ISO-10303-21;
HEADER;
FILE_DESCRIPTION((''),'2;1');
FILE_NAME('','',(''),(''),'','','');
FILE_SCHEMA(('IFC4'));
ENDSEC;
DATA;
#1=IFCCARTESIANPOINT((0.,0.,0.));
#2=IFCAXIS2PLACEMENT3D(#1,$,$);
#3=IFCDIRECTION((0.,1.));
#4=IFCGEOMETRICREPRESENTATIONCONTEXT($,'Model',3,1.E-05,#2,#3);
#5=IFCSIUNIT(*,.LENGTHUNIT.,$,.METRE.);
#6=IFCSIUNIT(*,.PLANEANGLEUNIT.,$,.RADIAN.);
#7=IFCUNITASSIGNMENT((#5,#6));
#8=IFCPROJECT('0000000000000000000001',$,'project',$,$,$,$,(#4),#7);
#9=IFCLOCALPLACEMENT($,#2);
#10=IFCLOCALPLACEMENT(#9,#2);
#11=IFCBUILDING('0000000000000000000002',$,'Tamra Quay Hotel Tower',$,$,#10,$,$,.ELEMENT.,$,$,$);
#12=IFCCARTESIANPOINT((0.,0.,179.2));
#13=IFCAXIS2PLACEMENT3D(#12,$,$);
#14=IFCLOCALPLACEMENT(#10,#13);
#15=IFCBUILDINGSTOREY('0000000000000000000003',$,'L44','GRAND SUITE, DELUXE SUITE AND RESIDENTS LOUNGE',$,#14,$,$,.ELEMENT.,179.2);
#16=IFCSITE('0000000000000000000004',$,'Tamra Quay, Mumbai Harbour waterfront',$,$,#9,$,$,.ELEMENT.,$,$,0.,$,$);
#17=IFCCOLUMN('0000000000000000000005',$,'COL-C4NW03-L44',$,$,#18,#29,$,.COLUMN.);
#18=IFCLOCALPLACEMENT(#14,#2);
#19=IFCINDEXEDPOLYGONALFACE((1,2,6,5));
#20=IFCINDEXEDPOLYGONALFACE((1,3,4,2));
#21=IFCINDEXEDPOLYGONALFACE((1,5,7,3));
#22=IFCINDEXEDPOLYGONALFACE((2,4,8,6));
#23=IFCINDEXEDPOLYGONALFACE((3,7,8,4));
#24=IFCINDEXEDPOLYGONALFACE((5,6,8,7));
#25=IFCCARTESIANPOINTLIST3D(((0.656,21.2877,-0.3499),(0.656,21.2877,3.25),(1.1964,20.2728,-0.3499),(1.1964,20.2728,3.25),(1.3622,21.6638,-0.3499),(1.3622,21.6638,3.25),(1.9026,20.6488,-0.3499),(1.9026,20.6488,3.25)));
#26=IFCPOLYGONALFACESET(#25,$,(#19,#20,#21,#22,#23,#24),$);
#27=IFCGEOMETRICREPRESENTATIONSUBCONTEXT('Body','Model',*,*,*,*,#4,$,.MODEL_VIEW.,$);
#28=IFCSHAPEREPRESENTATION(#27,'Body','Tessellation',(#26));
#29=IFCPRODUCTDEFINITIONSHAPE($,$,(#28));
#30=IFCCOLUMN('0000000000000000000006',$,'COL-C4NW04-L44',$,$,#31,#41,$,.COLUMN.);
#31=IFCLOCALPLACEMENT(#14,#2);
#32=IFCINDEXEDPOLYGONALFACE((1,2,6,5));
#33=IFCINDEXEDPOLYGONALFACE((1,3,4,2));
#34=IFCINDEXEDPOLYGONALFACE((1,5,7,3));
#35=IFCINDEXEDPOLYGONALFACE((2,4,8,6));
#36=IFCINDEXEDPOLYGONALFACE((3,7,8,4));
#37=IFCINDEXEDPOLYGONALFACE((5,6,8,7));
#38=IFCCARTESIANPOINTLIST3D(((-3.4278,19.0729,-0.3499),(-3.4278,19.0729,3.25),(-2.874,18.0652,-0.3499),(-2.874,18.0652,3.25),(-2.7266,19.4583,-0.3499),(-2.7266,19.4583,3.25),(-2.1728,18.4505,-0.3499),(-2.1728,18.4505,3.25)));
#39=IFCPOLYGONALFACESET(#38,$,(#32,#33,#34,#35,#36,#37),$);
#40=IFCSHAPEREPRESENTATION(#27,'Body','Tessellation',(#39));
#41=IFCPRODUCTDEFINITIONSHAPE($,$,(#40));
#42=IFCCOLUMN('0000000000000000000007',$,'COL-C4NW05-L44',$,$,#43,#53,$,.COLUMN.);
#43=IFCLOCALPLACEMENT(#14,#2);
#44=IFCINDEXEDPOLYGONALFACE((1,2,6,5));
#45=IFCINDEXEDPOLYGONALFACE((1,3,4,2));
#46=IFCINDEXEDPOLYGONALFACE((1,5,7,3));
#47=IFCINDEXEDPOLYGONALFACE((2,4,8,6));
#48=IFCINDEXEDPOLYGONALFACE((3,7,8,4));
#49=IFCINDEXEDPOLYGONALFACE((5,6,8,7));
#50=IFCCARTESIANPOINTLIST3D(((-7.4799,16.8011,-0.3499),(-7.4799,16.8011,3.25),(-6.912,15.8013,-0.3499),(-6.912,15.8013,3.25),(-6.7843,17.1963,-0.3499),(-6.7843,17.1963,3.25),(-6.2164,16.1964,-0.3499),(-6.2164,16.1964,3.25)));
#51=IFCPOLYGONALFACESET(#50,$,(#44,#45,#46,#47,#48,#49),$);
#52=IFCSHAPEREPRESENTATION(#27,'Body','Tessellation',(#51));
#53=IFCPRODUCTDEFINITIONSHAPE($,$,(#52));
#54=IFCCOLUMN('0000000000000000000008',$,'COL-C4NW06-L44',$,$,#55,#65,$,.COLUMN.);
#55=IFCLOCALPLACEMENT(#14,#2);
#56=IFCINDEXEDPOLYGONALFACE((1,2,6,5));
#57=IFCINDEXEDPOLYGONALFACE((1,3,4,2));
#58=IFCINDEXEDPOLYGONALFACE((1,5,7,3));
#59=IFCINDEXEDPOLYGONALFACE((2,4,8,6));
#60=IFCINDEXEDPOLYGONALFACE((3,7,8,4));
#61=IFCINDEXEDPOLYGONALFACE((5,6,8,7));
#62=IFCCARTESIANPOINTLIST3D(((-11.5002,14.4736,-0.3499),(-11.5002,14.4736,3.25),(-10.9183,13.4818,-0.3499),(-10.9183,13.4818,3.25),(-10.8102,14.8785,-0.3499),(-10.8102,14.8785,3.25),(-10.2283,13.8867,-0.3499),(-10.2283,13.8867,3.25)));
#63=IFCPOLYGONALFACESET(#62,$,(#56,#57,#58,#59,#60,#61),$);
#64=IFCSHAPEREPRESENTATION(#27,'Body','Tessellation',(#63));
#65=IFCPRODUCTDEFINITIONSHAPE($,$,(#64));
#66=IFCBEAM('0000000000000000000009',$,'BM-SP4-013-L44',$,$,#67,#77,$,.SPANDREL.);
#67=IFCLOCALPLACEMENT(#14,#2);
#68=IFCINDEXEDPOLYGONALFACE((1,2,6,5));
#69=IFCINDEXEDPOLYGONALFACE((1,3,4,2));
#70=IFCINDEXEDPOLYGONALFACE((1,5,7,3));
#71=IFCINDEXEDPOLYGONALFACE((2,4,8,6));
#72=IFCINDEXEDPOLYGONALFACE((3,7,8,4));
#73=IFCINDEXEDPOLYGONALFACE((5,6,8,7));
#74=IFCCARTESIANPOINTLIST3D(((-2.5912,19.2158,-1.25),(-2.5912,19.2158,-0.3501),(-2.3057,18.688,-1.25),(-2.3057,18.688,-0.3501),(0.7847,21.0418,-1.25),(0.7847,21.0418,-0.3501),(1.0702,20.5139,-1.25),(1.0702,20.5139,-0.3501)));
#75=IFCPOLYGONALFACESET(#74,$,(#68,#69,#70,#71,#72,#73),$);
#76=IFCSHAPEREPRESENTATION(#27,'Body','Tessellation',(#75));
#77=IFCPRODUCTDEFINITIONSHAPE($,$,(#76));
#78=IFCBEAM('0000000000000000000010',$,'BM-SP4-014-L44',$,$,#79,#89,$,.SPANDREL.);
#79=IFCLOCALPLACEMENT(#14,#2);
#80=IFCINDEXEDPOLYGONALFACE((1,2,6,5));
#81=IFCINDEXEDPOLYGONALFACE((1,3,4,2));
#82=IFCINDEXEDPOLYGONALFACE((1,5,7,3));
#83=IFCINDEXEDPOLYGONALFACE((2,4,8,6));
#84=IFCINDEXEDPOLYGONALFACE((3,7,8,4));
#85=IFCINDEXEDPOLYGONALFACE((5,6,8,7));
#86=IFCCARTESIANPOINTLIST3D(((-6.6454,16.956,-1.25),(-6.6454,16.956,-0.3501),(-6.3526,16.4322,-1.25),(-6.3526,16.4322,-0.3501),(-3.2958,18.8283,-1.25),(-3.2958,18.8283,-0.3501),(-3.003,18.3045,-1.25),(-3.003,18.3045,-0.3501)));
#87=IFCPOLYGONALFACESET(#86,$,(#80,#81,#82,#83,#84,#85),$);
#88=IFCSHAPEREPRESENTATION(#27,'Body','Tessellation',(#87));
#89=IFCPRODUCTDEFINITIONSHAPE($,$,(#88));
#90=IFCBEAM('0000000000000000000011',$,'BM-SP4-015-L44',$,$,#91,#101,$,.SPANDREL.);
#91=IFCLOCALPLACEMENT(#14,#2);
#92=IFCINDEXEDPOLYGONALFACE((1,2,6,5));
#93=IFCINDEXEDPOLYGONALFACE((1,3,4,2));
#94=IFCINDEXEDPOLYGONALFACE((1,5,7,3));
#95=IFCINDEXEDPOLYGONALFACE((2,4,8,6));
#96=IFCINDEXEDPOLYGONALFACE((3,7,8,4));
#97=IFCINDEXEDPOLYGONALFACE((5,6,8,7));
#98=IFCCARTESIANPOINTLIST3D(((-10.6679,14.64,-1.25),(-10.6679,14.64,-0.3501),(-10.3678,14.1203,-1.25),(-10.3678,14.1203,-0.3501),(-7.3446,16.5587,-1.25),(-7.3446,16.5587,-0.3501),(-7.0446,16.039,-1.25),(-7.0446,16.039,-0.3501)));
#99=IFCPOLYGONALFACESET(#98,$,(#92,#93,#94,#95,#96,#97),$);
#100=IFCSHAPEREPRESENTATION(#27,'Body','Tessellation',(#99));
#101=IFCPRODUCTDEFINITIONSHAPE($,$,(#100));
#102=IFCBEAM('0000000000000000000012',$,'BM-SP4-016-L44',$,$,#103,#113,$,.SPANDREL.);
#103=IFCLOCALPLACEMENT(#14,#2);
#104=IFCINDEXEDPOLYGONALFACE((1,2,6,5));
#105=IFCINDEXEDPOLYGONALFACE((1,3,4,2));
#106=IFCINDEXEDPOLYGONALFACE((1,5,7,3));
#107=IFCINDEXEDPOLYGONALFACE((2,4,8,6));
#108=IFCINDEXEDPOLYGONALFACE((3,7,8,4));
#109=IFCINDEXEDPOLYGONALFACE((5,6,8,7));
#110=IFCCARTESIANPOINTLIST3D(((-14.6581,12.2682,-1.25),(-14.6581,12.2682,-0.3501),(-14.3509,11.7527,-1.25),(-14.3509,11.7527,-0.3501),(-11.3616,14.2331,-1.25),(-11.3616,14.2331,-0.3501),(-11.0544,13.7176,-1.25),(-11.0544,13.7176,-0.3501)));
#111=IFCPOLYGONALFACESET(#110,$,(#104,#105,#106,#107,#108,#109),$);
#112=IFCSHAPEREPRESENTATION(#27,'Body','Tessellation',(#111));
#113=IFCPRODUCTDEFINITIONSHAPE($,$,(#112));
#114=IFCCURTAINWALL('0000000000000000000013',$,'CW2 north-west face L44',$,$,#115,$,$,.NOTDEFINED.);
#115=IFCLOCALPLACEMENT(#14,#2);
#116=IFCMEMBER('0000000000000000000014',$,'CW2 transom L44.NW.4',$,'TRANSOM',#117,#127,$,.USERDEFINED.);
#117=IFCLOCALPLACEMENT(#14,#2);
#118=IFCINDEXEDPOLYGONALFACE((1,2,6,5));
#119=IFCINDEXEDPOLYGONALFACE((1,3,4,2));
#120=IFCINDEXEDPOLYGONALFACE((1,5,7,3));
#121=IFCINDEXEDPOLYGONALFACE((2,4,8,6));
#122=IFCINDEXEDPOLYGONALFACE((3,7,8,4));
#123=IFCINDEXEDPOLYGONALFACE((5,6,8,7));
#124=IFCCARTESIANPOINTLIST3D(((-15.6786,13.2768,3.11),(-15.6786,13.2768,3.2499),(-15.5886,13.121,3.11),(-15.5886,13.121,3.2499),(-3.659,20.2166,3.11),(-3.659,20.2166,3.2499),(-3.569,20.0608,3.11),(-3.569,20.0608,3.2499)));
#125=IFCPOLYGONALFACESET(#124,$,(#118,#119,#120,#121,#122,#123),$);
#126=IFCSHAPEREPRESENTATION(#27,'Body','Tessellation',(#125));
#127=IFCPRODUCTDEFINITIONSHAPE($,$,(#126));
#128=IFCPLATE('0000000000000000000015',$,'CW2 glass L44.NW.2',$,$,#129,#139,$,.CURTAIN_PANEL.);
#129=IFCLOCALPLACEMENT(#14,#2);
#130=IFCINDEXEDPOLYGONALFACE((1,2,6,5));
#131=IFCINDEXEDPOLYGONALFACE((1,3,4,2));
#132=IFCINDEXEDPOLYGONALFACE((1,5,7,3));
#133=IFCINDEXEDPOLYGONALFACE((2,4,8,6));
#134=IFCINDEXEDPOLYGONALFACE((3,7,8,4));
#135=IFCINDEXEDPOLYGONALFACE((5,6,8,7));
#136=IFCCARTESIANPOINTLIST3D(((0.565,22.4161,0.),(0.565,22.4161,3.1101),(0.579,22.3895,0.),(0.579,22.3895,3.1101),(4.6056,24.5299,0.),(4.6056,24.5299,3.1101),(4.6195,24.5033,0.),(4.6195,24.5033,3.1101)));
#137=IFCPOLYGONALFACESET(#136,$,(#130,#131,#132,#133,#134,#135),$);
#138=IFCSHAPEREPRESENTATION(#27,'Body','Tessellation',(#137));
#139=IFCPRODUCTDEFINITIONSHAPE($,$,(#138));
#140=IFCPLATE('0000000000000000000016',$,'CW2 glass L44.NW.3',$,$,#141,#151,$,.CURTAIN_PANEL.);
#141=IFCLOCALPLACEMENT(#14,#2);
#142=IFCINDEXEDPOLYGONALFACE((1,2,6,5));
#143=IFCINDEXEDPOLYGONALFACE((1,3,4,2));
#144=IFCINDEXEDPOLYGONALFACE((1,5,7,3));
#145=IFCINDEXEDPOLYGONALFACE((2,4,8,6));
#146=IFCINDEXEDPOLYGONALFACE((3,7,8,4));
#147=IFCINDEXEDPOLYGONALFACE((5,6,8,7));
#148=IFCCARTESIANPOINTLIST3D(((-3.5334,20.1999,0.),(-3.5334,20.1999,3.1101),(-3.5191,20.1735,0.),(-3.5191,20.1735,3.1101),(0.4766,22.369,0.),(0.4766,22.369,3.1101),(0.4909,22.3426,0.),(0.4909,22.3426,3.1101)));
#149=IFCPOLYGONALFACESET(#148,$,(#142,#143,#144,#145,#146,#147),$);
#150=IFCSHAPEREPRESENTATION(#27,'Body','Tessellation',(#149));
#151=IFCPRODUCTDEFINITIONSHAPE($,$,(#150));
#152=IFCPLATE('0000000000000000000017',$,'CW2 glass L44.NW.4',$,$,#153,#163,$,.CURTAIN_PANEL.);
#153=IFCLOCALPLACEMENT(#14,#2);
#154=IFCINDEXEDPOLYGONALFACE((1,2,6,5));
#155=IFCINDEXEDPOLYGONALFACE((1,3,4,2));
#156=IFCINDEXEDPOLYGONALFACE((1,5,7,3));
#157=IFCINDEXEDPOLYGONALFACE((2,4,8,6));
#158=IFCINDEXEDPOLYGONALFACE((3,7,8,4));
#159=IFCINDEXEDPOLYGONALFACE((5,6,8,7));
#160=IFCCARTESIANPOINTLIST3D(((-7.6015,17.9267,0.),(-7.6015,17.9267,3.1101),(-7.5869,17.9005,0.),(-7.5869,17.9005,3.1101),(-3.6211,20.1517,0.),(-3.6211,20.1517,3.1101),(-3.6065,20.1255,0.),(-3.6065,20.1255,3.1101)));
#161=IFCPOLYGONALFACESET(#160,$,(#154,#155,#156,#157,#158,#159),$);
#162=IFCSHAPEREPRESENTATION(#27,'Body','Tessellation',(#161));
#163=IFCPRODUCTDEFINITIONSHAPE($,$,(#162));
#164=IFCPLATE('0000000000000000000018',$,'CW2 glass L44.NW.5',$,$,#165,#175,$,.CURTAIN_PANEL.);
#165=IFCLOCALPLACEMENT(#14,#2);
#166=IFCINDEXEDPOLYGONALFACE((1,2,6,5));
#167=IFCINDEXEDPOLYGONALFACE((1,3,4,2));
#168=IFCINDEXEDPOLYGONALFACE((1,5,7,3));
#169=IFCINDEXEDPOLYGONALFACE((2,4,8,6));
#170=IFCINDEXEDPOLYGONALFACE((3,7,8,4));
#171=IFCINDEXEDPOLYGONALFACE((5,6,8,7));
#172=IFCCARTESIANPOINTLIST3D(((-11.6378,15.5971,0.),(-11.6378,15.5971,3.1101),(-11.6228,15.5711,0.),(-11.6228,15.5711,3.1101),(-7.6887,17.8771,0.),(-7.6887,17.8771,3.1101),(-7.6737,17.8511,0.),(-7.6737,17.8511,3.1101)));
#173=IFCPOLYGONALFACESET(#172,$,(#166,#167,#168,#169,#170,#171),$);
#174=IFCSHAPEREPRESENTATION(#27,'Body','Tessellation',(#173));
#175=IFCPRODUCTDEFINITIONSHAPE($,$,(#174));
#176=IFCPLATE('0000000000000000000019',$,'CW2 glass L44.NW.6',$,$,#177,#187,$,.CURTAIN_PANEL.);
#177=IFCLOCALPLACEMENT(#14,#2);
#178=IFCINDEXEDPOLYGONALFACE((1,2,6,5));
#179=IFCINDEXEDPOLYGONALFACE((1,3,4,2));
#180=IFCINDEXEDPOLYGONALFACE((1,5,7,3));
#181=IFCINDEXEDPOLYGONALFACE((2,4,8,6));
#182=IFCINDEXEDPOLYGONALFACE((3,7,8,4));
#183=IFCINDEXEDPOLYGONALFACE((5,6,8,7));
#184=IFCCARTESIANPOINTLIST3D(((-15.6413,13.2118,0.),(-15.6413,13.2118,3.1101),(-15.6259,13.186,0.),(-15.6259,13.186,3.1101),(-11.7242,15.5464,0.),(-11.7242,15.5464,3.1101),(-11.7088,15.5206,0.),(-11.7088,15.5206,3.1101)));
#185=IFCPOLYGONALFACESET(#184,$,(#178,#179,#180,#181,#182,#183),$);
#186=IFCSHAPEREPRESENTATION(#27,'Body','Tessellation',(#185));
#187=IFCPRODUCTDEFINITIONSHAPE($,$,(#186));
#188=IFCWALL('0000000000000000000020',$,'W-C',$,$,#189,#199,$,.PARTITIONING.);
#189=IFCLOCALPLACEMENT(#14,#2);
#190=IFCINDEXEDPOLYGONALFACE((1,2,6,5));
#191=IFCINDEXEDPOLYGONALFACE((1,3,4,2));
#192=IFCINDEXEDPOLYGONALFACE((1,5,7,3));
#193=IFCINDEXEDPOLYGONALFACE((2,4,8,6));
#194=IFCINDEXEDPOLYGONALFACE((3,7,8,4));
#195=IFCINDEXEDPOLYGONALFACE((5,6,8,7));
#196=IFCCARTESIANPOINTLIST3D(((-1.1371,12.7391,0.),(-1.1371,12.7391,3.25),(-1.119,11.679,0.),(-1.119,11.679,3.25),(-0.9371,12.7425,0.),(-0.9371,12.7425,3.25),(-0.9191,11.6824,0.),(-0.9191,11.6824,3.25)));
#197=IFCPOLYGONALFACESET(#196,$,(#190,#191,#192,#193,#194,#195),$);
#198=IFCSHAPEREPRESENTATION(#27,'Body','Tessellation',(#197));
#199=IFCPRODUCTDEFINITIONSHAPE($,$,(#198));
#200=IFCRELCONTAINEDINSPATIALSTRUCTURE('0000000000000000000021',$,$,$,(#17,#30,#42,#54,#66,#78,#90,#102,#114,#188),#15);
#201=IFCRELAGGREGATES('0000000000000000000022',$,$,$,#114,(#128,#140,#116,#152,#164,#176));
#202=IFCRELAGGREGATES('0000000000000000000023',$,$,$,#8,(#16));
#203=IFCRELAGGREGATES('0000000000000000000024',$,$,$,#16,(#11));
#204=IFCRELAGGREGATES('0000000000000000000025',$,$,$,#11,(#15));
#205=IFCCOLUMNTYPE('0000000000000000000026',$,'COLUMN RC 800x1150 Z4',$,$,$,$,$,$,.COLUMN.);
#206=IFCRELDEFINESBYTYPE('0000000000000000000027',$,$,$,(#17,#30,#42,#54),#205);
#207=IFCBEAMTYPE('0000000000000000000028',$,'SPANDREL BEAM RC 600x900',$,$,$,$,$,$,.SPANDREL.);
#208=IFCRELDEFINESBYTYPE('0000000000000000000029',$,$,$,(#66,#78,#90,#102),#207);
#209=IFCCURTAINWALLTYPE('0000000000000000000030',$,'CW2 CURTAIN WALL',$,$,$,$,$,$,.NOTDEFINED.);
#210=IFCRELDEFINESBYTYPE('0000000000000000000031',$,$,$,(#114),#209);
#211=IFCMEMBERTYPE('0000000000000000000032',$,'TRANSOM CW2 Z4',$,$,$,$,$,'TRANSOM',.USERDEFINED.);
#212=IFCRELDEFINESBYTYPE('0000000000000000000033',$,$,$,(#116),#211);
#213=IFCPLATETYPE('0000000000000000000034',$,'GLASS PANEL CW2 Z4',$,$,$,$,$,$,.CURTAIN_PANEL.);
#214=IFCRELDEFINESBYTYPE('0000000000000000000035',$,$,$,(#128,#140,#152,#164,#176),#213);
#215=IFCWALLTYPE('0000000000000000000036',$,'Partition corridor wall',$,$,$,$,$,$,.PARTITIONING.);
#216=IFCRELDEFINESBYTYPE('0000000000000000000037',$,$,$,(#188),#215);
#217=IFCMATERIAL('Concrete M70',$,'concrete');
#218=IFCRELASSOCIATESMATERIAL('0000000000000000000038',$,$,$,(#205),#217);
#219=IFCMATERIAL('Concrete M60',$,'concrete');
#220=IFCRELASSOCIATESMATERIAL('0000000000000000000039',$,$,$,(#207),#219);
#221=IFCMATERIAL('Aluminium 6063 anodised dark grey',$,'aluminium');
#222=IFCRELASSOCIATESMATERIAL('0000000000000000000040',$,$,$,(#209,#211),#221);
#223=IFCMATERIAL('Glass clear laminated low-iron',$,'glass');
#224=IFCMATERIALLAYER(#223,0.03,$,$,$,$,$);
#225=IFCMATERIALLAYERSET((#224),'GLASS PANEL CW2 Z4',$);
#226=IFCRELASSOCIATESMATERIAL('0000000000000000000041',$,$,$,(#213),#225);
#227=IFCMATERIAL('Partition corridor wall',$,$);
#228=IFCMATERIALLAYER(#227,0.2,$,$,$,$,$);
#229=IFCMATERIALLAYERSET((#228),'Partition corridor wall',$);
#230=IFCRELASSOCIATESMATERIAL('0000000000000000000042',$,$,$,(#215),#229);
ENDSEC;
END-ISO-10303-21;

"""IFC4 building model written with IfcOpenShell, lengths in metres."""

from ifc_helpers import new_model, si_unit, direction, frame, frame_2d, origin, origin_2d, place, context, subcontext, project, spatial, rectangle, extrude, material, layer, layer_set, material_profile, profile_set, type_object, element, aggregate, save


model = new_model("IFC4")

# Units and contexts
model_context = context("Model", 3, precision=1e-05, world=origin(), true_north=direction((0.0, 1.0)))
body_context = subcontext(model_context, "Body", "Model", "MODEL_VIEW")
ifc_project = project(units=[si_unit("LENGTHUNIT", "METRE"), si_unit("PLANEANGLEUNIT", "RADIAN")], contexts=[model_context])

# Site, building, storey
site_placement = place(None, origin())
site = spatial("IfcSite", under=ifc_project, at=site_placement, Name="Tamra Quay, Mumbai Harbour waterfront", CompositionType="ELEMENT", RefElevation=0.0)
building_placement = place(site_placement, origin())
building = spatial("IfcBuilding", under=site, at=building_placement, Name="Tamra Quay Hotel Tower", CompositionType="ELEMENT")
storey_placement = place(building_placement, frame((0.0, 0.0, 179.2)))
storey = spatial("IfcBuildingStorey", under=building, at=storey_placement, Name="L44", Description="GRAND SUITE, DELUXE SUITE AND RESIDENTS LOUNGE", CompositionType="ELEMENT", Elevation=179.2)

# Columns
ifc_material_1 = material(Name="Concrete M70", Category="concrete")
ifc_material_profile_1 = material_profile(ifc_material_1, rectangle(XDim=1.1499, YDim=0.8, at=origin_2d()), Name="COLUMN RC 800x1150 Z4")
ifc_profile_set_1 = profile_set([ifc_material_profile_1], Name="Concrete M70")
column_type = type_object("IfcColumnType", Name="COLUMN RC 800x1150 Z4", PredefinedType="COLUMN", material=ifc_profile_set_1)
for number, where, z_axis, x_axis, name in (
    (1, (1.2793, 20.9683, -0.3499), (0.0, 0.0, 1.0), (-0.470002, 0.882666, 0.0), "COL-C4NW03-L44"),
    (2, (-2.8003, 18.7617, -0.3499), (0.0, 0.0, 1.0), (-0.481602, 0.87639, 0.0), "COL-C4NW04-L44"),
    (3, (-6.8481, 16.4988, -0.3499), (0.0, 0.0, 1.0), (-0.49389, 0.869524, 0.0), "COL-C4NW05-L44"),
    (4, (-10.8643, 14.1802, -0.3499), (0.0, 0.0, 1.0), (-0.506085, 0.862484, 0.0), "COL-C4NW06-L44"),
):
    element("IfcColumn", number, at=place(storey_placement, frame(where, z_axis=z_axis, x_axis=x_axis)), inside=storey, type_object=column_type, Name=name, PredefinedType="COLUMN", context=body_context, shape_type="SweptSolid", body=[
        extrude(rectangle(XDim=1.1499, YDim=0.8, at=origin_2d()), origin(), (0.0, 0.0, 1.0), 3.5999),
    ])

# Beams
ifc_material_2 = material(Name="Concrete M60", Category="concrete")
ifc_material_profile_2 = material_profile(ifc_material_2, rectangle(XDim=0.6001, YDim=0.8999, at=origin_2d()), Name="SPANDREL BEAM RC 600x900")
ifc_profile_set_2 = profile_set([ifc_material_profile_2], Name="Concrete M60")
beam_type = type_object("IfcBeamType", Name="SPANDREL BEAM RC 600x900", PredefinedType="SPANDREL", material=ifc_profile_set_2)
beam_1_placement = place(storey_placement, frame((0.9275, 20.7778, -0.8), z_axis=(-0.879589, -0.475734, 0.0), x_axis=(0.475734, -0.879589, 0.0)))
element("IfcBeam", 5, at=beam_1_placement, inside=storey, type_object=beam_type, Name="BM-SP4-013-L44", PredefinedType="SPANDREL", context=body_context, shape_type="SweptSolid", body=[
    extrude(rectangle(XDim=0.6001, YDim=0.8999, at=origin_2d()), origin(), (0.0, 0.0, 1.0), 3.8381),
])
for number, where, z_axis, x_axis, name in (
    (6, (-3.1494, 18.5664, -0.8), (-0.872891, -0.487915, 0.0), (0.487915, -0.872891, 0.0), "BM-SP4-014-L44"),
    (7, (-7.1946, 16.2988, -0.8), (-0.866022, -0.500005, 0.0), (0.500005, -0.866022, 0.0), "BM-SP4-015-L44"),
):
    element("IfcBeam", number, at=place(storey_placement, frame(where, z_axis=z_axis, x_axis=x_axis)), inside=storey, type_object=beam_type, Name=name, PredefinedType="SPANDREL", context=body_context, shape_type="SweptSolid", body=[
        extrude(rectangle(XDim=0.6001, YDim=0.8999, at=origin_2d()), origin(), (0.0, 0.0, 1.0), 3.8374),
    ])
beam_2_placement = place(storey_placement, frame((-11.208, 13.9753, -0.8), z_axis=(-0.858982, -0.512005, 0.0), x_axis=(0.512005, -0.858982, 0.0)))
element("IfcBeam", 8, at=beam_2_placement, inside=storey, type_object=beam_type, Name="BM-SP4-016-L44", PredefinedType="SPANDREL", context=body_context, shape_type="SweptSolid", body=[
    extrude(rectangle(XDim=0.6001, YDim=0.8999, at=origin_2d()), origin(), (0.0, 0.0, 1.0), 3.8376),
])

# Curtain wall, member, plates
ifc_material_3 = material(Name="Aluminium 6063 anodised dark grey", Category="aluminium")
curtain_wall_type = type_object("IfcCurtainWallType", Name="CW2 CURTAIN WALL", PredefinedType="NOTDEFINED", material=ifc_material_3)
curtain_wall_placement = place(storey_placement, origin())
curtain_wall = element("IfcCurtainWall", 9, at=curtain_wall_placement, inside=storey, type_object=curtain_wall_type, Name="CW2 north-west face L44", PredefinedType="NOTDEFINED")
ifc_material_profile_3 = material_profile(ifc_material_3, rectangle(XDim=0.1799, YDim=0.1399, at=origin_2d()), Name="TRANSOM 180X140")
ifc_profile_set_3 = profile_set([ifc_material_profile_3], Name="Aluminium 6063 anodised dark grey")
member_type = type_object("IfcMemberType", Name="TRANSOM CW2 Z4", ElementType="TRANSOM", PredefinedType="USERDEFINED", material=ifc_profile_set_3)
member_placement = place(storey_placement, frame((-3.614, 20.1387, 3.1799), z_axis=(-0.866019, -0.500012, 0.0), x_axis=(0.500012, -0.866019, 0.0)))
member = element("IfcMember", 10, at=member_placement, type_object=member_type, Name="CW2 transom L44.NW.4", ObjectType="TRANSOM", PredefinedType="USERDEFINED", context=body_context, shape_type="SweptSolid", body=[
    extrude(rectangle(XDim=0.1799, YDim=0.1399, at=origin_2d()), origin(), (0.0, 0.0, 1.0), 13.8792),
])
ifc_material_4 = material(Name="Glass clear laminated low-iron", Category="glass")
ifc_layer_1 = layer(ifc_material_4, 0.03)
ifc_layer_set_1 = layer_set([ifc_layer_1], Name="GLASS PANEL CW2 Z4")
plate_type = type_object("IfcPlateType", Name="GLASS PANEL CW2 Z4", PredefinedType="CURTAIN_PANEL", material=ifc_layer_set_1)
plate_1_placement = place(storey_placement, frame((2.5923, 23.4597, 0.0), z_axis=(0.0, 0.0, 1.0), x_axis=(-0.886076, -0.463541, 0.0)))
plate_1 = element("IfcPlate", 11, at=plate_1_placement, type_object=plate_type, Name="CW2 glass L44.NW.2", PredefinedType="CURTAIN_PANEL", context=body_context, shape_type="SweptSolid", body=[
    extrude(rectangle(XDim=4.5601, YDim=0.03, at=origin_2d()), origin(), (0.0, 0.0, 1.0), 3.1101),
])
plate_2_placement = place(storey_placement, frame((-1.5212, 21.2712, 0.0), z_axis=(0.0, 0.0, 1.0), x_axis=(-0.879569, -0.475772, 0.0)))
plate_2 = element("IfcPlate", 12, at=plate_2_placement, type_object=plate_type, Name="CW2 glass L44.NW.3", PredefinedType="CURTAIN_PANEL", context=body_context, shape_type="SweptSolid", body=[
    extrude(rectangle(XDim=4.5591, YDim=0.03, at=origin_2d()), origin(), (0.0, 0.0, 1.0), 3.1101),
])
plate_3_placement = place(storey_placement, frame((-5.604, 19.0261, 0.0), z_axis=(0.0, 0.0, 1.0), x_axis=(-0.872885, -0.487926, 0.0)))
plate_3 = element("IfcPlate", 13, at=plate_3_placement, type_object=plate_type, Name="CW2 glass L44.NW.4", PredefinedType="CURTAIN_PANEL", context=body_context, shape_type="SweptSolid", body=[
    extrude(rectangle(XDim=4.5601, YDim=0.03, at=origin_2d()), origin(), (0.0, 0.0, 1.0), 3.1101),
])
plate_4_placement = place(storey_placement, frame((-9.6558, 16.7241, 0.0), z_axis=(0.0, 0.0, 1.0), x_axis=(-0.866025, -0.5, 0.0)))
plate_4 = element("IfcPlate", 14, at=plate_4_placement, type_object=plate_type, Name="CW2 glass L44.NW.5", PredefinedType="CURTAIN_PANEL", context=body_context, shape_type="SweptSolid", body=[
    extrude(rectangle(XDim=4.5601, YDim=0.03, at=origin_2d()), origin(), (0.0, 0.0, 1.0), 3.1101),
])
plate_5_placement = place(storey_placement, frame((-13.675, 14.3662, 0.0), z_axis=(0.0, 0.0, 1.0), x_axis=(-0.858999, -0.511977, 0.0)))
plate_5 = element("IfcPlate", 15, at=plate_5_placement, type_object=plate_type, Name="CW2 glass L44.NW.6", PredefinedType="CURTAIN_PANEL", context=body_context, shape_type="SweptSolid", body=[
    extrude(rectangle(XDim=4.5601, YDim=0.03, at=origin_2d()), origin(), (0.0, 0.0, 1.0), 3.1101),
])
aggregate(curtain_wall, [plate_1, plate_2, member, plate_3, plate_4, plate_5])

# Wall
ifc_material_5 = material(Name="Partition corridor wall")
ifc_layer_2 = layer(ifc_material_5, 0.2)
ifc_layer_set_2 = layer_set([ifc_layer_2], Name="Partition corridor wall")
wall_type_1 = type_object("IfcWallType", Name="Partition corridor wall", PredefinedType="PARTITIONING", material=ifc_layer_set_2)
wall_1_placement = place(storey_placement, frame((-1.0371, 12.741, 0.0), z_axis=(0.0, 0.0, 1.0), x_axis=(0.01704, -0.999855, 0.0)))
element("IfcWall", 16, at=wall_1_placement, inside=storey, type_object=wall_type_1, Name="W-C", PredefinedType="PARTITIONING", context=body_context, shape_type="SweptSolid", body=[
    extrude(rectangle(XDim=1.0603, YDim=0.2, at=frame_2d((0.5303, 0.0))), origin(), (0.0, 0.0, 1.0), 3.25),
])

save(model, "model.ifc")
